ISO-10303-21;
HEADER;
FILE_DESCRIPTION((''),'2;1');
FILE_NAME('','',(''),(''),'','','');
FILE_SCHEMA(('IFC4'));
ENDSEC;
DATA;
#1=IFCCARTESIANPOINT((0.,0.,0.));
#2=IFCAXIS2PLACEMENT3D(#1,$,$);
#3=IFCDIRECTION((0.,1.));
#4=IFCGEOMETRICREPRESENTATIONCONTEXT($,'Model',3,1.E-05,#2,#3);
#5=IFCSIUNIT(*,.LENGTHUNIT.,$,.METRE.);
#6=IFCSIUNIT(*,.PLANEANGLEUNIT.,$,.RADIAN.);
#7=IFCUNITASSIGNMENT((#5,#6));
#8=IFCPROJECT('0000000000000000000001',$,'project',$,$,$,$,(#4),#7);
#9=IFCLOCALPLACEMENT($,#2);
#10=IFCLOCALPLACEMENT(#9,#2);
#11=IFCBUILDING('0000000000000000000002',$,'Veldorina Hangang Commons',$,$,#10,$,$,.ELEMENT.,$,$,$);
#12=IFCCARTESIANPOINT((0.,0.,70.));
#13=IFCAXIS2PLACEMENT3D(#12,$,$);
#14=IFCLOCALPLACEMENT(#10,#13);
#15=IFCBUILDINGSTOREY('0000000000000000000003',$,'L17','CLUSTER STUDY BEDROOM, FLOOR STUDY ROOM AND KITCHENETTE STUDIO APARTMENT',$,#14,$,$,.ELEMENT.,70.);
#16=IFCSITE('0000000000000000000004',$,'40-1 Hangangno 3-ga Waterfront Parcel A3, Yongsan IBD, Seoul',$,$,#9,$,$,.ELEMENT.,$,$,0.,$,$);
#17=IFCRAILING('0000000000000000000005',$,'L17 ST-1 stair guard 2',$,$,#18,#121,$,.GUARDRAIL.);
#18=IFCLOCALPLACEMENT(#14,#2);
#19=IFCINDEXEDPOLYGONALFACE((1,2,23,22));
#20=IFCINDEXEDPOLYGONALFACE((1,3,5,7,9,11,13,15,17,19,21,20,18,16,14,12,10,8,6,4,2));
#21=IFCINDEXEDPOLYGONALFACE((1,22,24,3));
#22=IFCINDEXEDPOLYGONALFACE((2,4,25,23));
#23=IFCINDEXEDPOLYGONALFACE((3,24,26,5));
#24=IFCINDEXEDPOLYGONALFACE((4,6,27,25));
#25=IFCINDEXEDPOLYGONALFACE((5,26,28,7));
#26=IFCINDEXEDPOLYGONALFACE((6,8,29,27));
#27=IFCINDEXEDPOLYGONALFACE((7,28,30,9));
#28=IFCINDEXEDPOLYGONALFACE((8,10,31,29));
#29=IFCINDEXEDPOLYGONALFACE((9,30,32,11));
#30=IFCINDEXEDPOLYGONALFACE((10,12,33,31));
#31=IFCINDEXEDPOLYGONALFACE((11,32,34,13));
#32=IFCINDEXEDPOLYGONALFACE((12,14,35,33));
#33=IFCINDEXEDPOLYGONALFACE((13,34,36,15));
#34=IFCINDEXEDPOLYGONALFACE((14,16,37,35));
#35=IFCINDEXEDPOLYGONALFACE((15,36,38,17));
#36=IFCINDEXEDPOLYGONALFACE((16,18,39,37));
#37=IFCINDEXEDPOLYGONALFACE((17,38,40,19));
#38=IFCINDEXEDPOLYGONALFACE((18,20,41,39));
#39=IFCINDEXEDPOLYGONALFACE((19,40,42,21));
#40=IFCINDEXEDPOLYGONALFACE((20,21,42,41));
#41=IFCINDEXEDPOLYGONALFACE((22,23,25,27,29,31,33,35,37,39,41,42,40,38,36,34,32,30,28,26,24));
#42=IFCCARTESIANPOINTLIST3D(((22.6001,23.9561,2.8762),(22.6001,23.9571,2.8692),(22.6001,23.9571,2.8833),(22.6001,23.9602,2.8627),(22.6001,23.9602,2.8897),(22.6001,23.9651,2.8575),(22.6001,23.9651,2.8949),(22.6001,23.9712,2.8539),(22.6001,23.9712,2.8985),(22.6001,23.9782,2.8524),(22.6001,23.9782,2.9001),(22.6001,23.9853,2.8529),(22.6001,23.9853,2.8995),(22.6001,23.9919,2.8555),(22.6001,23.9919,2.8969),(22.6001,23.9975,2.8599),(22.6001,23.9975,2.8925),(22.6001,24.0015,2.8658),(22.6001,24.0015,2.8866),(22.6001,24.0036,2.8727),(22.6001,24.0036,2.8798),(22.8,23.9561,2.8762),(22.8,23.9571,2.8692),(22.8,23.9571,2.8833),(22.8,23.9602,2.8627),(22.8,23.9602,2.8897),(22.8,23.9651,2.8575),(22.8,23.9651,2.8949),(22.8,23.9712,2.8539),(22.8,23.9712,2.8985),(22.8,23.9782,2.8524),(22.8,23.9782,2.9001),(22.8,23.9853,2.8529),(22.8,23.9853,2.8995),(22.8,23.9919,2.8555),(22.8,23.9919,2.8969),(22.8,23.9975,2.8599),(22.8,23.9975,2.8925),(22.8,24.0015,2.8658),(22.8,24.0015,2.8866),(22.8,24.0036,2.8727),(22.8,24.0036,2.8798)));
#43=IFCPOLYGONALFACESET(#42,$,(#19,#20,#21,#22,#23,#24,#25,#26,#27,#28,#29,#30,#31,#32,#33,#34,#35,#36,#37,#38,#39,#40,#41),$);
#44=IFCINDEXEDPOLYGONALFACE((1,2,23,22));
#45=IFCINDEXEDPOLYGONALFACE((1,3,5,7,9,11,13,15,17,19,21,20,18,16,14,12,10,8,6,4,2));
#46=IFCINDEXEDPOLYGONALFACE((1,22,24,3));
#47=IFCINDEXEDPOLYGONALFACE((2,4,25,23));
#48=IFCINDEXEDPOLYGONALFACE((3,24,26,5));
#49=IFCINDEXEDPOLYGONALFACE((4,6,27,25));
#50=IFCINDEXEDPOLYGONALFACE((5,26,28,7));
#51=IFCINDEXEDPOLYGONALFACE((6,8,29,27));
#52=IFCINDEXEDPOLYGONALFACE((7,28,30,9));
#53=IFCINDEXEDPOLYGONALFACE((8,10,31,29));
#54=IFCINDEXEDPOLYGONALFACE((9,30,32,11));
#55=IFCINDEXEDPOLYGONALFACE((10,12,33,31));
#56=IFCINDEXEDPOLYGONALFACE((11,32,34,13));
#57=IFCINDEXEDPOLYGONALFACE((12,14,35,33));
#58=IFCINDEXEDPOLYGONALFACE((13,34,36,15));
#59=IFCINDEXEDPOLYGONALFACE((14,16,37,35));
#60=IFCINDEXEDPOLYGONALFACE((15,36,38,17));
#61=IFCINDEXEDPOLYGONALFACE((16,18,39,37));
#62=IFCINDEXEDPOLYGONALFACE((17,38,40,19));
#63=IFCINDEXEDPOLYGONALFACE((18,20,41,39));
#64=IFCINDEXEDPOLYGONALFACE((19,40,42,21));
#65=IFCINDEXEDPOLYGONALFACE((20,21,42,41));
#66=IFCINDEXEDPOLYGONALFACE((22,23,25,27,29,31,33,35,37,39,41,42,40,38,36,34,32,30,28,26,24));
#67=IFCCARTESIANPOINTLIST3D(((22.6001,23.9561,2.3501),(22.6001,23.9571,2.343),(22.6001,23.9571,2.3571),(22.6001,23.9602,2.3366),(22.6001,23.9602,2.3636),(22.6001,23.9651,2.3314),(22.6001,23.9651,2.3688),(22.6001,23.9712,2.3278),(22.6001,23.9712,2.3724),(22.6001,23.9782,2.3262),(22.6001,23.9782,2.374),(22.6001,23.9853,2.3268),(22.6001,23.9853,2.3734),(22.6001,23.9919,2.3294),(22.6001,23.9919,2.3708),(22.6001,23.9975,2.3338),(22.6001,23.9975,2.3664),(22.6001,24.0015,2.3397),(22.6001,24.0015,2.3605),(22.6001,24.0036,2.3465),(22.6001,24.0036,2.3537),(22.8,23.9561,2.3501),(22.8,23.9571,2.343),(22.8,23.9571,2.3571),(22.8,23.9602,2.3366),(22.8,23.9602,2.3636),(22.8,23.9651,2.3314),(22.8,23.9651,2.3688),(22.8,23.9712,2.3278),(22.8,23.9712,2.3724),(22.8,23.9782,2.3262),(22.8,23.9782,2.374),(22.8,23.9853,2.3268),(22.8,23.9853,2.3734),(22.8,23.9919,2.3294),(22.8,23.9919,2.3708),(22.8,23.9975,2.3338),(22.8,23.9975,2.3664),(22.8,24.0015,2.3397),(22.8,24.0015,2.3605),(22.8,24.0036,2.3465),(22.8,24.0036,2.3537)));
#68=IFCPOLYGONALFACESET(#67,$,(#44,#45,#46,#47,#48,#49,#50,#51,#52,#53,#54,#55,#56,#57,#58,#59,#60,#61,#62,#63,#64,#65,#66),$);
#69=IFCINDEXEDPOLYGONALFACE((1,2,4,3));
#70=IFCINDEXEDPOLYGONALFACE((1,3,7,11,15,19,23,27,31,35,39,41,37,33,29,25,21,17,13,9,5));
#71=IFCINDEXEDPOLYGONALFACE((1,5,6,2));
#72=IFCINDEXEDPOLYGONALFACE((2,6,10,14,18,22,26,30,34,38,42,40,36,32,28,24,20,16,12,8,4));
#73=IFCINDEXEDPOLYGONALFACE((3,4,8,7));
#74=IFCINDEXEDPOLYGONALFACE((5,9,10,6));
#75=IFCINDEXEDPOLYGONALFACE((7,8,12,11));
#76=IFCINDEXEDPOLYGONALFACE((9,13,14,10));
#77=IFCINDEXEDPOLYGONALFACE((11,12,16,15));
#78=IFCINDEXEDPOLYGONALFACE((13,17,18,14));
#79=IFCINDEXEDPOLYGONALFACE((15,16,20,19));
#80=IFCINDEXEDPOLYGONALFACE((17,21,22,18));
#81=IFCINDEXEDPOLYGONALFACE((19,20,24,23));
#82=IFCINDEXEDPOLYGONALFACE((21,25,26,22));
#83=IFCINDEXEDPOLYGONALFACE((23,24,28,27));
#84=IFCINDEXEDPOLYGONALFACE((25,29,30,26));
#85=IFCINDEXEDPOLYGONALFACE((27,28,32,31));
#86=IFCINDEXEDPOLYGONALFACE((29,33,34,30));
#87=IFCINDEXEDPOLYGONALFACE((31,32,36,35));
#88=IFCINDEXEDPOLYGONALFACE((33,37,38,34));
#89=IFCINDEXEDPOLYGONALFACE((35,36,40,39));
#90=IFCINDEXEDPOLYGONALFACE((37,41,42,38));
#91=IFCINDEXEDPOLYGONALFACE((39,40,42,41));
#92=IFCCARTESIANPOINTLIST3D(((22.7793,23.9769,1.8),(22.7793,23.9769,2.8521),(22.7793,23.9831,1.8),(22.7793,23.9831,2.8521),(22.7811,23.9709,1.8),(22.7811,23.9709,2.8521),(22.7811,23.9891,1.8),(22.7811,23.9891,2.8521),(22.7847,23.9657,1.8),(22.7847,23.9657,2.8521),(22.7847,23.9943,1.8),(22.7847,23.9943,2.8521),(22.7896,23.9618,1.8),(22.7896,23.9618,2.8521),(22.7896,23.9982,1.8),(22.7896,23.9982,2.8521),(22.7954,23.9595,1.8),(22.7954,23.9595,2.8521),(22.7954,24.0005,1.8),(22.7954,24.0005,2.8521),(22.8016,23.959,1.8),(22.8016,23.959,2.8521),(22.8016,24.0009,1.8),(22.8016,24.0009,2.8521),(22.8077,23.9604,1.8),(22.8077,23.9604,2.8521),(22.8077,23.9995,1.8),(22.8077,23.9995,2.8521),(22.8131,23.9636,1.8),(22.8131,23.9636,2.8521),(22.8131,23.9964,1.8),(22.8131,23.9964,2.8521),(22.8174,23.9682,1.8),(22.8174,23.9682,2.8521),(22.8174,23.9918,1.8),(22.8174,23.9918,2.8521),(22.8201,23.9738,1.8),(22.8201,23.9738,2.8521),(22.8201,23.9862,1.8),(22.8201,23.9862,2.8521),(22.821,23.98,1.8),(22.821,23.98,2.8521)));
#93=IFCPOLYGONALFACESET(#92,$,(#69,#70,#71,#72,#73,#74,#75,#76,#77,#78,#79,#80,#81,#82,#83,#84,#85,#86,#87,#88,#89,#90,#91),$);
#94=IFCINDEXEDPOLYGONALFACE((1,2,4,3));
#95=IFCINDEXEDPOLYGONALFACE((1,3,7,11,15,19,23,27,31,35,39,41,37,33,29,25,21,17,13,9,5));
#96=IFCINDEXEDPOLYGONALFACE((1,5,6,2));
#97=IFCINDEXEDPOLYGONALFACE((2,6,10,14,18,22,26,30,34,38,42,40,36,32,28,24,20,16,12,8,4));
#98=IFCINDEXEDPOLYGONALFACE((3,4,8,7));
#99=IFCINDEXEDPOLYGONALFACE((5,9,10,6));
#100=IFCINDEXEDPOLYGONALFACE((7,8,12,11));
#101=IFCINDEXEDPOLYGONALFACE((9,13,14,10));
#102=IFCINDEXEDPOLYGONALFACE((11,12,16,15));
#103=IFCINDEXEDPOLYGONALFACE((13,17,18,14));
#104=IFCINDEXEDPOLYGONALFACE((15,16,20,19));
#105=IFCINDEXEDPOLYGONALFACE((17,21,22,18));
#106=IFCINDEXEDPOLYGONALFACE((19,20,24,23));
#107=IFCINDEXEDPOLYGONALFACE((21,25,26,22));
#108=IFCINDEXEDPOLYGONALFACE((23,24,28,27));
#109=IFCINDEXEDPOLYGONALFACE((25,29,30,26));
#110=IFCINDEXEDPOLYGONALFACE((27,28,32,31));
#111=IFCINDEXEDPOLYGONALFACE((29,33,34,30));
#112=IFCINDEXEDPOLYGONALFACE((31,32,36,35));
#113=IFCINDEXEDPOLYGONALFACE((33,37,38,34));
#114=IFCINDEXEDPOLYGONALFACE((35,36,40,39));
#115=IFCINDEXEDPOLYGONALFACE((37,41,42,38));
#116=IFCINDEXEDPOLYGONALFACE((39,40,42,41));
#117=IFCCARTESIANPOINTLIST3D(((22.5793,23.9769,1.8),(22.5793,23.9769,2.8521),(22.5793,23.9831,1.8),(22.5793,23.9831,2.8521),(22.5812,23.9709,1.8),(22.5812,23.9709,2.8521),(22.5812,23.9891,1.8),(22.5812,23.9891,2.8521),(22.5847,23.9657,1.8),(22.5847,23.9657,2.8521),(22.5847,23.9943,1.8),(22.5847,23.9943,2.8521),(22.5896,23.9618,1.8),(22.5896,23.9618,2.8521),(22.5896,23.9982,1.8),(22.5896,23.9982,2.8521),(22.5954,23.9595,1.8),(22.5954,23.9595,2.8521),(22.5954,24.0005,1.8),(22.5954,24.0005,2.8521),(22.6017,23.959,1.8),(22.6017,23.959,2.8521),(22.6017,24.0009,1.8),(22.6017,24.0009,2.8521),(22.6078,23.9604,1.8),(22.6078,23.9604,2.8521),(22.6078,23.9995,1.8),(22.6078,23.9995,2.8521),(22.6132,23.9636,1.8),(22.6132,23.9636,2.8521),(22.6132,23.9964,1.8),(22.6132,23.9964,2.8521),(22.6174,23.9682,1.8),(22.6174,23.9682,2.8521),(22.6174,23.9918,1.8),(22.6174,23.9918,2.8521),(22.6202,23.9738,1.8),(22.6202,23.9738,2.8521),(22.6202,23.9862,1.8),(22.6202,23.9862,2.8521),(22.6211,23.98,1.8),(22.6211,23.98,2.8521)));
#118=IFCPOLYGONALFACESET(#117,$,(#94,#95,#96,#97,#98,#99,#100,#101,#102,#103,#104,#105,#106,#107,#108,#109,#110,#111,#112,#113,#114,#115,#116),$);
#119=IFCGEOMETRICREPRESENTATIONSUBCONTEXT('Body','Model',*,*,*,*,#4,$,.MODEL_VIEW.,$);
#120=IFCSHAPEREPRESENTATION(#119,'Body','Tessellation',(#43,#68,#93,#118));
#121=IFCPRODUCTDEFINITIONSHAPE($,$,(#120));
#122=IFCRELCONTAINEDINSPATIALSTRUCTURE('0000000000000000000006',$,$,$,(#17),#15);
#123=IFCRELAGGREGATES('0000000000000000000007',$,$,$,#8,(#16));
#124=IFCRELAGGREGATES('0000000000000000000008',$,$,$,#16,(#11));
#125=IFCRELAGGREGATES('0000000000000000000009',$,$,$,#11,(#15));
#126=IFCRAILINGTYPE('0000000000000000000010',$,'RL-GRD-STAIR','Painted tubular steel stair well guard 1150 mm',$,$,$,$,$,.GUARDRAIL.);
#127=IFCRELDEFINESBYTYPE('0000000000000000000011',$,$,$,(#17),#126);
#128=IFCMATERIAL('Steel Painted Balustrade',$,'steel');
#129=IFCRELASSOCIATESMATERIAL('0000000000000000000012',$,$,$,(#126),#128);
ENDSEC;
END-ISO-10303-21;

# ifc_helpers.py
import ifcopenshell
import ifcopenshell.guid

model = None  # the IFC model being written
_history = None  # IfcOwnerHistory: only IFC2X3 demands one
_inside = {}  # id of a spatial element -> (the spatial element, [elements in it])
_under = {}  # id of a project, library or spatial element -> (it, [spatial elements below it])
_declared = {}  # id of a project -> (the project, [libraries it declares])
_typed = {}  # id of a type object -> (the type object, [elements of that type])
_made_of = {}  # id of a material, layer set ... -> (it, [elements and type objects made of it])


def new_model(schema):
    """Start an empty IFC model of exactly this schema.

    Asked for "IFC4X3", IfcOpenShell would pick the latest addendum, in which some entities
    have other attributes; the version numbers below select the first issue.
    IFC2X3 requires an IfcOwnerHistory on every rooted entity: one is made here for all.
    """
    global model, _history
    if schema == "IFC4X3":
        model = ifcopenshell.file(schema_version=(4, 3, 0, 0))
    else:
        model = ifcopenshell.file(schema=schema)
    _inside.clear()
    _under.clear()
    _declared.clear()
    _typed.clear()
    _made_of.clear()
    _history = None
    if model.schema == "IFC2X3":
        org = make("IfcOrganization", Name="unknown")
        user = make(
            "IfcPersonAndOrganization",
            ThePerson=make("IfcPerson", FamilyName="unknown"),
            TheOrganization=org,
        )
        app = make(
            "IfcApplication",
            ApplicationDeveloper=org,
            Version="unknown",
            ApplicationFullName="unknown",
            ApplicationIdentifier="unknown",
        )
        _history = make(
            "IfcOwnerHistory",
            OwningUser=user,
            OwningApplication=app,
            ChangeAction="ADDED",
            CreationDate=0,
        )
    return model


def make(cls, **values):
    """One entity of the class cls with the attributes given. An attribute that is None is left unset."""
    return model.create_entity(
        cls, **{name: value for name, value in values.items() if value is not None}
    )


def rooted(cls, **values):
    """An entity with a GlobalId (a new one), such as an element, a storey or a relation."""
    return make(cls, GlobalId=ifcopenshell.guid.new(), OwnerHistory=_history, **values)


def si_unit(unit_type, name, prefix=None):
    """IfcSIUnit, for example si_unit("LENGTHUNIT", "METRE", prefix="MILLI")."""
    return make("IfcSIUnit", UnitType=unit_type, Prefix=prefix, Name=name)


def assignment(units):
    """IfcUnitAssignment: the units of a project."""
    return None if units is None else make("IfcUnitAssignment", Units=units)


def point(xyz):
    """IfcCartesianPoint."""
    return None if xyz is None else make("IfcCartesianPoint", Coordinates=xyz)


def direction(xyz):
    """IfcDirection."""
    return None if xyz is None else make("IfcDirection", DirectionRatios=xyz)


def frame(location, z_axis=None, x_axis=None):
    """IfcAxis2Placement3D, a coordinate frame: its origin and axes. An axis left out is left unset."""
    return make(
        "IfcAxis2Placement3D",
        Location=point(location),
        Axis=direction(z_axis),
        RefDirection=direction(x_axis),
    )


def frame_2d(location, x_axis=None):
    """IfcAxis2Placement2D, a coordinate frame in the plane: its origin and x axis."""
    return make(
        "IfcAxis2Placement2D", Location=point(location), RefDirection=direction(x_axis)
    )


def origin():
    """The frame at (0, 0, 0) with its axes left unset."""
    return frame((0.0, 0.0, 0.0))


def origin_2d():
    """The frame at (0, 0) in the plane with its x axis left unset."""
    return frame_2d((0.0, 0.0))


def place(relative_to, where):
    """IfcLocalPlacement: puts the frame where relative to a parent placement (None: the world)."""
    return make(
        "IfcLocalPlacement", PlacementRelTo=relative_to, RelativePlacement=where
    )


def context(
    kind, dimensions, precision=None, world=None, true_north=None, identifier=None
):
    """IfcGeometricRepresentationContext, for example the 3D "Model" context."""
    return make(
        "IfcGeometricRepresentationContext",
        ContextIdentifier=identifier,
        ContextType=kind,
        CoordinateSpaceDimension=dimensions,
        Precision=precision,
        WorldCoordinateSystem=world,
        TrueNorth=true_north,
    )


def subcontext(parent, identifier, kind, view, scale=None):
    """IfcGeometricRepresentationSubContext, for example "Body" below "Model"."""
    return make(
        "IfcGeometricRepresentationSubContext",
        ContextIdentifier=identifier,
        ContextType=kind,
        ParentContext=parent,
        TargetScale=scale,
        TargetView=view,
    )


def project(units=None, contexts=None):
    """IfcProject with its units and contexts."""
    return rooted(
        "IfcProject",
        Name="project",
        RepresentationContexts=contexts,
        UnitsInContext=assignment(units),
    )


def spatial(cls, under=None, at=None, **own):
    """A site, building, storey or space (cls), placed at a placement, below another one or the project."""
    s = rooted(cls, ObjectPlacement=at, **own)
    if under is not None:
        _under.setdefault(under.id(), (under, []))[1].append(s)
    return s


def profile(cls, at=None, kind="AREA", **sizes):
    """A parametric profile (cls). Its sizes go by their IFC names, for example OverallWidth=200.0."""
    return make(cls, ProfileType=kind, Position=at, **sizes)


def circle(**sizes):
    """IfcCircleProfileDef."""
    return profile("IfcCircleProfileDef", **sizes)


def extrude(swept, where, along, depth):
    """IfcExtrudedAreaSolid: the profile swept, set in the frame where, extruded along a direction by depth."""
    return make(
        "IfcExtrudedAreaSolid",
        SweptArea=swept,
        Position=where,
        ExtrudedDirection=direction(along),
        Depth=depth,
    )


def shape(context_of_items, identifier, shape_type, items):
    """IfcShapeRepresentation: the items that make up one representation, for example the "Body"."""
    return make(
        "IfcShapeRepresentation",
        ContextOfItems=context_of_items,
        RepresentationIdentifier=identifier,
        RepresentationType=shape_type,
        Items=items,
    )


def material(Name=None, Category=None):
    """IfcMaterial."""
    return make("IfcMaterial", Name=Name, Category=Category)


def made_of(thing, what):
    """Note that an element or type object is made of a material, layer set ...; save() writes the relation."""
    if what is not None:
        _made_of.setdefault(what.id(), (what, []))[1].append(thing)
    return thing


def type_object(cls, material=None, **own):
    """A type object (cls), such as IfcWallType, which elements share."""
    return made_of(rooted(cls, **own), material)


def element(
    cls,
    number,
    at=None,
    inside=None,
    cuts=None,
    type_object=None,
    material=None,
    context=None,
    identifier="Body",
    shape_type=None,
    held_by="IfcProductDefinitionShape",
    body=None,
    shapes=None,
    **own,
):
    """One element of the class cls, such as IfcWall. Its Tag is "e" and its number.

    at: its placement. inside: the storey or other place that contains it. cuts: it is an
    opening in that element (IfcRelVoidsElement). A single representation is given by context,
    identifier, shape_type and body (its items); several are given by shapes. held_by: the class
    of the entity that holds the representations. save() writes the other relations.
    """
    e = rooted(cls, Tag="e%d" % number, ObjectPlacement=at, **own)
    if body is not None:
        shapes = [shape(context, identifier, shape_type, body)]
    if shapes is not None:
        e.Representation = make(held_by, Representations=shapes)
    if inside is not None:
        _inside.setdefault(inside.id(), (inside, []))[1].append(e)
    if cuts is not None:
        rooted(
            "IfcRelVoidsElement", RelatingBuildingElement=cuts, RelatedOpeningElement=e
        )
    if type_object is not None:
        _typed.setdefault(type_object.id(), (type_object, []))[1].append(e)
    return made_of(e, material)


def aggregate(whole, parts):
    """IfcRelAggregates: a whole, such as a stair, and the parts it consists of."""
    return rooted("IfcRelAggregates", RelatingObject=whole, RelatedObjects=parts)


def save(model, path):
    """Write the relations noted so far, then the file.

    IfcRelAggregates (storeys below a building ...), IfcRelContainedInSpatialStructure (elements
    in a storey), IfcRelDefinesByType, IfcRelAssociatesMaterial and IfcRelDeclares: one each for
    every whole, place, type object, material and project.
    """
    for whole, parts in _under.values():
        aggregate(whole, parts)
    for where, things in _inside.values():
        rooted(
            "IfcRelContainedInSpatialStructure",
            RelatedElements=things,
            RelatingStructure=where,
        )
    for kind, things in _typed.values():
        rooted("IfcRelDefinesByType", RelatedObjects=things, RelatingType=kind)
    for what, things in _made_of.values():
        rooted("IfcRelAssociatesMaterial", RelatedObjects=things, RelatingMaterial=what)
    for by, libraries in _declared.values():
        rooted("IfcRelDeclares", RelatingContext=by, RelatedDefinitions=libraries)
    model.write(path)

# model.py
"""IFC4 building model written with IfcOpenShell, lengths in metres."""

from ifc_helpers import new_model, si_unit, direction, frame, origin, origin_2d, place, context, subcontext, project, spatial, circle, extrude, material, type_object, element, save


model = new_model("IFC4")

# Units and contexts
model_context = context("Model", 3, precision=1e-05, world=origin(), true_north=direction((0.0, 1.0)))
body_context = subcontext(model_context, "Body", "Model", "MODEL_VIEW")
ifc_project = project(units=[si_unit("LENGTHUNIT", "METRE"), si_unit("PLANEANGLEUNIT", "RADIAN")], contexts=[model_context])

# Site, building, storey
site_placement = place(None, origin())
site = spatial("IfcSite", under=ifc_project, at=site_placement, Name="40-1 Hangangno 3-ga Waterfront Parcel A3, Yongsan IBD, Seoul", CompositionType="ELEMENT", RefElevation=0.0)
building_placement = place(site_placement, origin())
building = spatial("IfcBuilding", under=site, at=building_placement, Name="Veldorina Hangang Commons", CompositionType="ELEMENT")
storey_placement = place(building_placement, frame((0.0, 0.0, 70.0)))
storey = spatial("IfcBuildingStorey", under=building, at=storey_placement, Name="L17", Description="CLUSTER STUDY BEDROOM, FLOOR STUDY ROOM AND KITCHENETTE STUDIO APARTMENT", CompositionType="ELEMENT", Elevation=70.0)

# Railing
ifc_material_1 = material(Name="Steel Painted Balustrade", Category="steel")
railing_type_1 = type_object("IfcRailingType", Name="RL-GRD-STAIR", Description="Painted tubular steel stair well guard 1150 mm", PredefinedType="GUARDRAIL", material=ifc_material_1)
railing_1_placement = place(storey_placement, frame((22.8, 23.98, 1.8)))
element("IfcRailing", 1, at=railing_1_placement, inside=storey, type_object=railing_type_1, Name="L17 ST-1 stair guard 2", PredefinedType="GUARDRAIL", context=body_context, shape_type="SweptSolid", body=[
    extrude(circle(Radius=0.0239, at=origin_2d()), frame((0.0, 0.0, 1.0762), z_axis=(-1.0, 0.0, 0.0), x_axis=(0.0, -1.0, 0.0)), (0.0, 0.0, 1.0), 0.2),
    extrude(circle(Radius=0.0239, at=origin_2d()), frame((0.0, 0.0, 0.55), z_axis=(-1.0, 0.0, 0.0), x_axis=(0.0, -1.0, 0.0)), (0.0, 0.0, 1.0), 0.2),
    extrude(circle(Radius=0.021, at=origin_2d()), origin(), (0.0, 0.0, 1.0), 1.052),
    extrude(circle(Radius=0.021, at=origin_2d()), frame((-0.2, 0.0, 0.0)), (0.0, 0.0, 1.0), 1.052),
])

save(model, "model.ifc")
